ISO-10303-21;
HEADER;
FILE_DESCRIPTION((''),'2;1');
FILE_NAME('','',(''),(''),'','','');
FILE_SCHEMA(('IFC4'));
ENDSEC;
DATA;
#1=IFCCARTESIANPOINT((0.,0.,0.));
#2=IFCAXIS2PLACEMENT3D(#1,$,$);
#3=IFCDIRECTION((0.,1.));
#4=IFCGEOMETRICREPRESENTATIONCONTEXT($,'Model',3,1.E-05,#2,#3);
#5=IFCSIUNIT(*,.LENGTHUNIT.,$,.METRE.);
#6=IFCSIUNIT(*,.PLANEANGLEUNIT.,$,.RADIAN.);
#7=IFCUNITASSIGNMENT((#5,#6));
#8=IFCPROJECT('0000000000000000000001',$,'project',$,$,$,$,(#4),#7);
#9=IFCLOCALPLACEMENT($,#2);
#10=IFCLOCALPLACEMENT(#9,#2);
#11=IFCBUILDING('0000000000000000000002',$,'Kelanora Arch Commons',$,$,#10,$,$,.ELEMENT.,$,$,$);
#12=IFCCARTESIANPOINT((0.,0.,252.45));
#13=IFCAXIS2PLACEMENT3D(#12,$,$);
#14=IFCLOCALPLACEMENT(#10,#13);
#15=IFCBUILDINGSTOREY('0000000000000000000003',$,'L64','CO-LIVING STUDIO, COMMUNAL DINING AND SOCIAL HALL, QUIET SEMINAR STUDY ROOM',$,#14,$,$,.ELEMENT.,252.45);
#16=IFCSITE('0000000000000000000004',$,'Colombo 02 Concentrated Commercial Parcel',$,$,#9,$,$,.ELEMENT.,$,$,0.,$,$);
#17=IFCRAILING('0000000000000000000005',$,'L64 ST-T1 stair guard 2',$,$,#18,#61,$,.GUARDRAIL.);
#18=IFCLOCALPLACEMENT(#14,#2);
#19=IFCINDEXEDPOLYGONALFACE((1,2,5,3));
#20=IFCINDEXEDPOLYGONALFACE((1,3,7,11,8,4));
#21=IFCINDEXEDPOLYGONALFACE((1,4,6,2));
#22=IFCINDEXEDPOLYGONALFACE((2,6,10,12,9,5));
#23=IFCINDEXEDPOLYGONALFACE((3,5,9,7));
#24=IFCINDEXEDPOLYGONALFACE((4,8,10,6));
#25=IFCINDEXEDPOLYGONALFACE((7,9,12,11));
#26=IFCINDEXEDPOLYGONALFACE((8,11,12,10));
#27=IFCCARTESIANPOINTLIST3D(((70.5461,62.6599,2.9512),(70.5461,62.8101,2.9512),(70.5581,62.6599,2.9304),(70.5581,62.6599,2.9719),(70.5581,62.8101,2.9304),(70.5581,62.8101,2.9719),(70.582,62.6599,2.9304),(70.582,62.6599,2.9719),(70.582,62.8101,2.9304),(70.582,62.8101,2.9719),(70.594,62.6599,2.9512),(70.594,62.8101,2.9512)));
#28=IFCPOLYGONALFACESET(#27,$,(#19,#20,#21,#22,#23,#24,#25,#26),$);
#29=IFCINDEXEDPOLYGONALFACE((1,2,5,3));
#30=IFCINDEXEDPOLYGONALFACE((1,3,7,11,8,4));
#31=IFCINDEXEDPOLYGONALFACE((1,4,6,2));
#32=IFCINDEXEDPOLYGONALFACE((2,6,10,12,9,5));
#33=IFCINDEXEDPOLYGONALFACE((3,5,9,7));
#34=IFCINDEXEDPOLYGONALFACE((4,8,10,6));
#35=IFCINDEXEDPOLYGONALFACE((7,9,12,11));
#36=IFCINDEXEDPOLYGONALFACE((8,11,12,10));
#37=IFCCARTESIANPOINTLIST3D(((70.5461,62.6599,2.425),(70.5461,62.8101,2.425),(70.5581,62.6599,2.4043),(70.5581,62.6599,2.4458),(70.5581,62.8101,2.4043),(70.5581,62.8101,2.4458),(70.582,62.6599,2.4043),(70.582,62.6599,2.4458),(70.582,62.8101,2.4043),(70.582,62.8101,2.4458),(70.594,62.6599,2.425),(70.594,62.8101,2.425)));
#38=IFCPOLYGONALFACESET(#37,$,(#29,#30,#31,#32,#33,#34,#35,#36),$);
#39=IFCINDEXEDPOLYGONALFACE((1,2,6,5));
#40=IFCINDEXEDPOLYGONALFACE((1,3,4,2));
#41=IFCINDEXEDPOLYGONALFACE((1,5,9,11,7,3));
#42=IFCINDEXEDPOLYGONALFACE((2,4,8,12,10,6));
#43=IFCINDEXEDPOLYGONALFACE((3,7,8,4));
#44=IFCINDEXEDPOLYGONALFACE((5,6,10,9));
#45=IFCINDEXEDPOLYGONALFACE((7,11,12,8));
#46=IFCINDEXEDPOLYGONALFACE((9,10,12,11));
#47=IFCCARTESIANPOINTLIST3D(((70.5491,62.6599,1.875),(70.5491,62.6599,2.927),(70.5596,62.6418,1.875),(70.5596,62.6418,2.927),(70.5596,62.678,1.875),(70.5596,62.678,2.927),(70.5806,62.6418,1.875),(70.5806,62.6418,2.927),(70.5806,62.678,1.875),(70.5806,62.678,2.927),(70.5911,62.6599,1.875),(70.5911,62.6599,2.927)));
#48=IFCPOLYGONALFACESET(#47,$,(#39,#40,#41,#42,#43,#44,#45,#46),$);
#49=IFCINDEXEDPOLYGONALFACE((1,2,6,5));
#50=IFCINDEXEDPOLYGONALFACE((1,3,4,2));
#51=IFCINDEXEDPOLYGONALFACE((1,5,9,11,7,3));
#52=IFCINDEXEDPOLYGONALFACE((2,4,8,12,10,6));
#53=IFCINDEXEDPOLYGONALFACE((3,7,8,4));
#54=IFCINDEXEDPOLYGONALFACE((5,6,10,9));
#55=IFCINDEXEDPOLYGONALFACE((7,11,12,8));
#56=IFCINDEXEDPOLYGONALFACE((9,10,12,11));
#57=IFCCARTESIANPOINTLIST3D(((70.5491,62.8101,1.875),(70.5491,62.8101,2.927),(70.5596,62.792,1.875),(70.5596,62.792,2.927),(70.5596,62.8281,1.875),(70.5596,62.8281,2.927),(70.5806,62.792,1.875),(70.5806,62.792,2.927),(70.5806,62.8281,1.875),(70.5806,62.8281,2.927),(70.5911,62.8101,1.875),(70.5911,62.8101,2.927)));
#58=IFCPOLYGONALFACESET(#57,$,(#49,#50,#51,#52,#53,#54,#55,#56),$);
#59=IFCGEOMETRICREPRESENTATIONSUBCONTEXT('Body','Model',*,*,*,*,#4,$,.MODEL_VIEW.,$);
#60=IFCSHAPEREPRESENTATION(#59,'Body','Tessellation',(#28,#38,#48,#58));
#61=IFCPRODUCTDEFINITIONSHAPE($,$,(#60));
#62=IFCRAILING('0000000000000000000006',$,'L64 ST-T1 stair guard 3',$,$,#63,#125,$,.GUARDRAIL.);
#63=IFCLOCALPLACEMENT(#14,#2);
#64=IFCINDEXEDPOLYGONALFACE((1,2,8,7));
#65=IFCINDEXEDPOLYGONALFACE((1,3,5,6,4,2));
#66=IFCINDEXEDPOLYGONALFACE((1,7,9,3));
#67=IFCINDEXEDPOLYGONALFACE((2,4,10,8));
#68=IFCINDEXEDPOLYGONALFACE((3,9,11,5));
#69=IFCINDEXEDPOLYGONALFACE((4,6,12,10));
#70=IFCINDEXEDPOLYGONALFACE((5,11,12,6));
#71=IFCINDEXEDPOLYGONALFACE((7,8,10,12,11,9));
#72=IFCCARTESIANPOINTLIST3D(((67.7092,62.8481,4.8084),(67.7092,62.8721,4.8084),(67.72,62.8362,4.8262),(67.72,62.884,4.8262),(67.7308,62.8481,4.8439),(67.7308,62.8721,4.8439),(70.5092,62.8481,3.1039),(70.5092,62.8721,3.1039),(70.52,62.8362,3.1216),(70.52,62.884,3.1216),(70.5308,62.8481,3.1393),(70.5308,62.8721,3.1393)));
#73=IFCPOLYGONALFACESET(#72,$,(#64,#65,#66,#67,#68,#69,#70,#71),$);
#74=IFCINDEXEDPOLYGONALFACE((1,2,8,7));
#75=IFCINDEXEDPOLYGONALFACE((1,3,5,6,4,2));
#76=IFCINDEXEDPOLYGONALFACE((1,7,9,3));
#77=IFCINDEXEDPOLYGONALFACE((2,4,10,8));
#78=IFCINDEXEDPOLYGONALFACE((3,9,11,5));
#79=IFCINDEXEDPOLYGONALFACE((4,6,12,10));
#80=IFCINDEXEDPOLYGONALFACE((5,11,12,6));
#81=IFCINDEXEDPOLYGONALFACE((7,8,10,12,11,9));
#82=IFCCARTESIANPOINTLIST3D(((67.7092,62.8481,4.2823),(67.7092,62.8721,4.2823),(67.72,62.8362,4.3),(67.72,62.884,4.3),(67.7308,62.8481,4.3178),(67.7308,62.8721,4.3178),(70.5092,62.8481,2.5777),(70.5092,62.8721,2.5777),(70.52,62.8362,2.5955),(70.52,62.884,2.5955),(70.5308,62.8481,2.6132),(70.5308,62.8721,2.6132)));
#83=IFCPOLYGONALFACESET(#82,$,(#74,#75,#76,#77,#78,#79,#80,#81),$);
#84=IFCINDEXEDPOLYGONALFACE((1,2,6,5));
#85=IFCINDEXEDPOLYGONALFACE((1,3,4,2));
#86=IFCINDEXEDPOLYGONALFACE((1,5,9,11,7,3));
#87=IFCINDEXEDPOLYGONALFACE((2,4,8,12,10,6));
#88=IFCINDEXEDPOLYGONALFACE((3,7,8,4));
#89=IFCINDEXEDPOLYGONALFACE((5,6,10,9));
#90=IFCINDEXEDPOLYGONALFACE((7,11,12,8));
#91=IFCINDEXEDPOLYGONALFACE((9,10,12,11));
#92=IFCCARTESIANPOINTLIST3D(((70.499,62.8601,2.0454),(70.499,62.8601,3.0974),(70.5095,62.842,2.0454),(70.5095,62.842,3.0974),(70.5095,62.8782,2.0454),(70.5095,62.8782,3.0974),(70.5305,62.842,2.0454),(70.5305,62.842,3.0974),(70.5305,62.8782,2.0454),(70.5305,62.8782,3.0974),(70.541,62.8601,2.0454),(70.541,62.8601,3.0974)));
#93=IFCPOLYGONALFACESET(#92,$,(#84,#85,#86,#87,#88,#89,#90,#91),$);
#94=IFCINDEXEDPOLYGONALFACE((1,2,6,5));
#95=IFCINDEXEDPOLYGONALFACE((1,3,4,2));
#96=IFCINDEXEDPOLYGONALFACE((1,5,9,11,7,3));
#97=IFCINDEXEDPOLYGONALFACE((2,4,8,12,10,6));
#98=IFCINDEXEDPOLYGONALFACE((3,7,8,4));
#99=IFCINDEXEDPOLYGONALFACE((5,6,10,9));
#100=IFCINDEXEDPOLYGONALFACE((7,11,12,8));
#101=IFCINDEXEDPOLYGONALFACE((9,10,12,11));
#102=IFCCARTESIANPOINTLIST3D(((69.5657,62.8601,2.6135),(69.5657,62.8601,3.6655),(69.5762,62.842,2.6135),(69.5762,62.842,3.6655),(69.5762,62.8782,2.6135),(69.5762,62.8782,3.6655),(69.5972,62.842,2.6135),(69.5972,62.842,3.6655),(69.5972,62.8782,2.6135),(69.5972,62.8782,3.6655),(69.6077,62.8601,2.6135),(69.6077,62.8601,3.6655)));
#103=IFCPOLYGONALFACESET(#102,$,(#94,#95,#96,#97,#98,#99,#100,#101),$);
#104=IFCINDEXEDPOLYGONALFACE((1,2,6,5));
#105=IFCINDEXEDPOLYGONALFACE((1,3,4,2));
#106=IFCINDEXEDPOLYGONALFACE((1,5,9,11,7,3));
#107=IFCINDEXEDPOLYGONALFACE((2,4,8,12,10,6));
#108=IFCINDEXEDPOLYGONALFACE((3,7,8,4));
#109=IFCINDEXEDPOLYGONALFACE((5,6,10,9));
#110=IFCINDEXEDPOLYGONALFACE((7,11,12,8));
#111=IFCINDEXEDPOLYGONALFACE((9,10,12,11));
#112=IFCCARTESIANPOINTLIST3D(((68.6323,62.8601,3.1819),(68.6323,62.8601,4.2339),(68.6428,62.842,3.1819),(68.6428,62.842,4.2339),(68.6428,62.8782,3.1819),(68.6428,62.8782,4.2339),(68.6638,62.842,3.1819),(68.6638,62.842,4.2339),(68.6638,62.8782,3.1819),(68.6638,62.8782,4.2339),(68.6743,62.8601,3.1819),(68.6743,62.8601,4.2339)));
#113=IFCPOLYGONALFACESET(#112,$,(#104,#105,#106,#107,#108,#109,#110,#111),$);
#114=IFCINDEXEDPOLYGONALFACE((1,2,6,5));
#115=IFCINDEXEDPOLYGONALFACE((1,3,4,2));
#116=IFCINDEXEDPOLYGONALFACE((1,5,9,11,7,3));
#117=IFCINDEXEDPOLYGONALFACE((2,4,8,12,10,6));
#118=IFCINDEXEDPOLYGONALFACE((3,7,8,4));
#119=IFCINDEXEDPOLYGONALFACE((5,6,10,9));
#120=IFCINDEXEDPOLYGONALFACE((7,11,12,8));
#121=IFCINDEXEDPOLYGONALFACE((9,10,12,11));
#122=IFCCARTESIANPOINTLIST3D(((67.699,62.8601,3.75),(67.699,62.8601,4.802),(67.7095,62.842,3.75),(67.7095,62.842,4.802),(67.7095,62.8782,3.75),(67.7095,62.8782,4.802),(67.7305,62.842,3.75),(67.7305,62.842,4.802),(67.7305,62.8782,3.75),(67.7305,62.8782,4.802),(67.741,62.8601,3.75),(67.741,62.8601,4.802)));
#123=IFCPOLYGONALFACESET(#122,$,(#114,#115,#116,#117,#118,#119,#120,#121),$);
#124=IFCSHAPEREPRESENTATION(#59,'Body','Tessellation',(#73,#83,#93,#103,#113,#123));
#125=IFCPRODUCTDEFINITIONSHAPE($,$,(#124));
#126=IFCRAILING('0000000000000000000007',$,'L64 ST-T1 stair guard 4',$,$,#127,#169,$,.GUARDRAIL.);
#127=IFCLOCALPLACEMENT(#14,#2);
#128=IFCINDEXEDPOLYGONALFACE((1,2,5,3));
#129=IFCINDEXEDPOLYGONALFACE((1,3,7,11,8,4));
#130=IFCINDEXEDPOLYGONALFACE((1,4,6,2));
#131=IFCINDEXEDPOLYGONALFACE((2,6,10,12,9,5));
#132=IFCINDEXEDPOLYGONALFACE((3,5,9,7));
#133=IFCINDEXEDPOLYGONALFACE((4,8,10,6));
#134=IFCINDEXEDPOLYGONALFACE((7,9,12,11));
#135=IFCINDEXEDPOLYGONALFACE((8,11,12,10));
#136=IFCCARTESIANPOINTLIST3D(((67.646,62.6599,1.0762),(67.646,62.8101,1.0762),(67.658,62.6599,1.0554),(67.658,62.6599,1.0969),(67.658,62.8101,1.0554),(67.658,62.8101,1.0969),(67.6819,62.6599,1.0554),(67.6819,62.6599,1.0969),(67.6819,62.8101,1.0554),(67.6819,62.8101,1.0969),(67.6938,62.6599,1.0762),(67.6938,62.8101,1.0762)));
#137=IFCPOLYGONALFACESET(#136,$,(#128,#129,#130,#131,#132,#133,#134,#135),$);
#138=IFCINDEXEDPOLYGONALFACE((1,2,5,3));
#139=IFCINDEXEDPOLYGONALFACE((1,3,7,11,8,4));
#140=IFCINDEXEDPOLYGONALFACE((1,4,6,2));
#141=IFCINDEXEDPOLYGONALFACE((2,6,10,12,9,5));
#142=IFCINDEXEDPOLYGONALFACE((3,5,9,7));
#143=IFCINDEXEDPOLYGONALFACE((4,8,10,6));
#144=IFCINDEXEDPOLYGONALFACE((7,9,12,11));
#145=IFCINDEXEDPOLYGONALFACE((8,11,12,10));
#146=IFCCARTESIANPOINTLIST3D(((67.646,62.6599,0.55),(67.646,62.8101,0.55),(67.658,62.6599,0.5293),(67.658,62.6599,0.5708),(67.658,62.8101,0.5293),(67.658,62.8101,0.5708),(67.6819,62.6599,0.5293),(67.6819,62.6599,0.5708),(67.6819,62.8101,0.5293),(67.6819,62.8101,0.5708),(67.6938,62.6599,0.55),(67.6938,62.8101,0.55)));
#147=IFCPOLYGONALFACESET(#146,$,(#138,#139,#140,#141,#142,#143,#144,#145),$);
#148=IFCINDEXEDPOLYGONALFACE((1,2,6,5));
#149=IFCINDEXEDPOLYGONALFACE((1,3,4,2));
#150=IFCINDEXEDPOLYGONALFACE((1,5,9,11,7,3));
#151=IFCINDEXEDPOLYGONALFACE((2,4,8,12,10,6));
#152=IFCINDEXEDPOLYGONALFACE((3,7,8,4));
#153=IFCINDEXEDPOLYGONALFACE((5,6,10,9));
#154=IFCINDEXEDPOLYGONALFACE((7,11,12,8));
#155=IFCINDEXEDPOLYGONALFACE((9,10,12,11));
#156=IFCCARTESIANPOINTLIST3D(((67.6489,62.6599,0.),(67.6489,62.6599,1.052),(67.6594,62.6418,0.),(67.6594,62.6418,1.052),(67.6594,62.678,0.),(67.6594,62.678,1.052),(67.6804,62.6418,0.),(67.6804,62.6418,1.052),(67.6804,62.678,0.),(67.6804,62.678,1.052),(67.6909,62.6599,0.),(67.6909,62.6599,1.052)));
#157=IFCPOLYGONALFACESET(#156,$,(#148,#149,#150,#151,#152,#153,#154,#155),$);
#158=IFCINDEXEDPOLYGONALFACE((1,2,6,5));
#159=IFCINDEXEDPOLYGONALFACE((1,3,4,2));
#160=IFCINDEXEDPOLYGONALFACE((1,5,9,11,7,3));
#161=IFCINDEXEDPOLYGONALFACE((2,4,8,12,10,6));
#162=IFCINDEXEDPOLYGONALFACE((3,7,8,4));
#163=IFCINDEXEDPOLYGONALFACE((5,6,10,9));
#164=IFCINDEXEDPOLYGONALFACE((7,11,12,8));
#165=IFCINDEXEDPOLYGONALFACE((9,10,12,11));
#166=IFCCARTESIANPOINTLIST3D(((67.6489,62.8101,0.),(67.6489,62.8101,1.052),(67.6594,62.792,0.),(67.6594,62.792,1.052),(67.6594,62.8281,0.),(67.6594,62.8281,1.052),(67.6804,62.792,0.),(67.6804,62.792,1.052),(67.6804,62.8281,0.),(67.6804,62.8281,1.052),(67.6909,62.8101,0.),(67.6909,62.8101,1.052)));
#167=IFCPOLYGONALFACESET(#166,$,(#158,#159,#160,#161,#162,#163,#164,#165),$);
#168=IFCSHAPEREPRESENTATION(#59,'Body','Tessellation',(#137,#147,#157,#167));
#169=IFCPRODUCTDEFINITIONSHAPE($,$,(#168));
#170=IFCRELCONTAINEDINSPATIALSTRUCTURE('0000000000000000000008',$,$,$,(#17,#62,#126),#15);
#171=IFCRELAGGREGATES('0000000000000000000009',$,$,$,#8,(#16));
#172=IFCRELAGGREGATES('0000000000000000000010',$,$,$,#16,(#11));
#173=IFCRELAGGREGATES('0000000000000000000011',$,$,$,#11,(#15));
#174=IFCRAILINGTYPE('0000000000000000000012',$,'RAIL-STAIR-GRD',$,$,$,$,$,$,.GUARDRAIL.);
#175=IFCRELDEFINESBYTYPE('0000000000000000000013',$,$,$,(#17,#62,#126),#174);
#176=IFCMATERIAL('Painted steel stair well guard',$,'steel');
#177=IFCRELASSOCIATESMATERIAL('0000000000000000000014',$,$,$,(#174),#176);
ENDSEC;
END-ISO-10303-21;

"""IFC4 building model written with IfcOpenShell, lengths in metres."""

from ifc_helpers import new_model, si_unit, direction, frame, origin, place, context, subcontext, project, spatial, polyline, outline, extrude, material, type_object, element, save


model = new_model("IFC4")

# Units and contexts
model_context = context("Model", 3, precision=1e-05, world=origin(), true_north=direction((0.0, 1.0)))
body_context = subcontext(model_context, "Body", "Model", "MODEL_VIEW")
ifc_project = project(units=[si_unit("LENGTHUNIT", "METRE"), si_unit("PLANEANGLEUNIT", "RADIAN")], contexts=[model_context])

# Site, building, storey
site_placement = place(None, origin())
site = spatial("IfcSite", under=ifc_project, at=site_placement, Name="Colombo 02 Concentrated Commercial Parcel", CompositionType="ELEMENT", RefElevation=0.0)
building_placement = place(site_placement, origin())
building = spatial("IfcBuilding", under=site, at=building_placement, Name="Kelanora Arch Commons", CompositionType="ELEMENT")
storey_placement = place(building_placement, frame((0.0, 0.0, 252.45)))
storey = spatial("IfcBuildingStorey", under=building, at=storey_placement, Name="L64", Description="CO-LIVING STUDIO, COMMUNAL DINING AND SOCIAL HALL, QUIET SEMINAR STUDY ROOM", CompositionType="ELEMENT", Elevation=252.45)

# Railings
ifc_material_1 = material(Name="Painted steel stair well guard", Category="steel")
railing_type_1 = type_object("IfcRailingType", Name="RAIL-STAIR-GRD", PredefinedType="GUARDRAIL", material=ifc_material_1)
railing_1_placement = place(storey_placement, frame((70.5701, 62.6599, 1.875)))
element("IfcRailing", 1, at=railing_1_placement, inside=storey, type_object=railing_type_1, Name="L64 ST-T1 stair guard 2", PredefinedType="GUARDRAIL", context=body_context, shape_type="SweptSolid", body=[
    extrude(outline(polyline([(0.0239, 0.0), (0.012, 0.0208), (-0.012, 0.0208), (-0.0239, 0.0), (-0.012, -0.0208), (0.012, -0.0208), (0.0239, 0.0)])), frame((0.0, 0.0, 1.0762), z_axis=(0.0, 1.0, 0.0), x_axis=(-1.0, 0.0, 0.0)), (0.0, 0.0, 1.0), 0.1501),
    extrude(outline(polyline([(0.0239, 0.0), (0.012, 0.0208), (-0.012, 0.0208), (-0.0239, 0.0), (-0.012, -0.0208), (0.012, -0.0208), (0.0239, 0.0)])), frame((0.0, 0.0, 0.55), z_axis=(0.0, 1.0, 0.0), x_axis=(-1.0, 0.0, 0.0)), (0.0, 0.0, 1.0), 0.1501),
    extrude(outline(polyline([(0.021, 0.0), (0.0105, 0.0181), (-0.0105, 0.0181), (-0.021, 0.0), (-0.0105, -0.0181), (0.0105, -0.0181), (0.021, 0.0)])), origin(), (0.0, 0.0, 1.0), 1.052),
    extrude(outline(polyline([(0.021, 0.0), (0.0105, 0.0181), (-0.0105, 0.0181), (-0.021, 0.0), (-0.0105, -0.0181), (0.0105, -0.0181), (0.021, 0.0)])), frame((0.0, 0.1501, 0.0)), (0.0, 0.0, 1.0), 1.052),
])
railing_2_placement = place(storey_placement, frame((70.52, 62.8601, 2.0454)))
element("IfcRailing", 2, at=railing_2_placement, inside=storey, type_object=railing_type_1, Name="L64 ST-T1 stair guard 3", PredefinedType="GUARDRAIL", context=body_context, shape_type="SweptSolid", body=[
    extrude(outline(polyline([(0.0239, 0.0), (0.012, 0.0208), (-0.012, 0.0208), (-0.0239, 0.0), (-0.012, -0.0208), (0.012, -0.0208), (0.0239, 0.0)])), frame((0.0, 0.0, 1.0762), z_axis=(-0.85417, 0.0, 0.519994), x_axis=(0.0, -1.0, 0.0)), (0.0, 0.0, 1.0), 3.2781),
    extrude(outline(polyline([(0.0239, 0.0), (0.012, 0.0208), (-0.012, 0.0208), (-0.0239, 0.0), (-0.012, -0.0208), (0.012, -0.0208), (0.0239, 0.0)])), frame((0.0, 0.0, 0.55), z_axis=(-0.85417, 0.0, 0.519994), x_axis=(0.0, -1.0, 0.0)), (0.0, 0.0, 1.0), 3.2781),
    extrude(outline(polyline([(0.021, 0.0), (0.0105, 0.0181), (-0.0105, 0.0181), (-0.021, 0.0), (-0.0105, -0.0181), (0.0105, -0.0181), (0.021, 0.0)])), origin(), (0.0, 0.0, 1.0), 1.052),
    extrude(outline(polyline([(0.021, 0.0), (0.0105, 0.0181), (-0.0105, 0.0181), (-0.021, 0.0), (-0.0105, -0.0181), (0.0105, -0.0181), (0.021, 0.0)])), frame((-0.9333, 0.0, 0.5681)), (0.0, 0.0, 1.0), 1.052),
    extrude(outline(polyline([(0.021, 0.0), (0.0105, 0.0181), (-0.0105, 0.0181), (-0.021, 0.0), (-0.0105, -0.0181), (0.0105, -0.0181), (0.021, 0.0)])), frame((-1.8667, 0.0, 1.1365)), (0.0, 0.0, 1.0), 1.052),
    extrude(outline(polyline([(0.021, 0.0), (0.0105, 0.0181), (-0.0105, 0.0181), (-0.021, 0.0), (-0.0105, -0.0181), (0.0105, -0.0181), (0.021, 0.0)])), frame((-2.8, 0.0, 1.7046)), (0.0, 0.0, 1.0), 1.052),
])
railing_3_placement = place(storey_placement, frame((67.6699, 62.6599, 0.0)))
element("IfcRailing", 3, at=railing_3_placement, inside=storey, type_object=railing_type_1, Name="L64 ST-T1 stair guard 4", PredefinedType="GUARDRAIL", context=body_context, shape_type="SweptSolid", body=[
    extrude(outline(polyline([(0.0239, 0.0), (0.012, 0.0208), (-0.012, 0.0208), (-0.0239, 0.0), (-0.012, -0.0208), (0.012, -0.0208), (0.0239, 0.0)])), frame((0.0, 0.0, 1.0762), z_axis=(0.0, 1.0, 0.0), x_axis=(-1.0, 0.0, 0.0)), (0.0, 0.0, 1.0), 0.1501),
    extrude(outline(polyline([(0.0239, 0.0), (0.012, 0.0208), (-0.012, 0.0208), (-0.0239, 0.0), (-0.012, -0.0208), (0.012, -0.0208), (0.0239, 0.0)])), frame((0.0, 0.0, 0.55), z_axis=(0.0, 1.0, 0.0), x_axis=(-1.0, 0.0, 0.0)), (0.0, 0.0, 1.0), 0.1501),
    extrude(outline(polyline([(0.021, 0.0), (0.0105, 0.0181), (-0.0105, 0.0181), (-0.021, 0.0), (-0.0105, -0.0181), (0.0105, -0.0181), (0.021, 0.0)])), origin(), (0.0, 0.0, 1.0), 1.052),
    extrude(outline(polyline([(0.021, 0.0), (0.0105, 0.0181), (-0.0105, 0.0181), (-0.021, 0.0), (-0.0105, -0.0181), (0.0105, -0.0181), (0.021, 0.0)])), frame((0.0, 0.1501, 0.0)), (0.0, 0.0, 1.0), 1.052),
])

save(model, "model.ifc")
